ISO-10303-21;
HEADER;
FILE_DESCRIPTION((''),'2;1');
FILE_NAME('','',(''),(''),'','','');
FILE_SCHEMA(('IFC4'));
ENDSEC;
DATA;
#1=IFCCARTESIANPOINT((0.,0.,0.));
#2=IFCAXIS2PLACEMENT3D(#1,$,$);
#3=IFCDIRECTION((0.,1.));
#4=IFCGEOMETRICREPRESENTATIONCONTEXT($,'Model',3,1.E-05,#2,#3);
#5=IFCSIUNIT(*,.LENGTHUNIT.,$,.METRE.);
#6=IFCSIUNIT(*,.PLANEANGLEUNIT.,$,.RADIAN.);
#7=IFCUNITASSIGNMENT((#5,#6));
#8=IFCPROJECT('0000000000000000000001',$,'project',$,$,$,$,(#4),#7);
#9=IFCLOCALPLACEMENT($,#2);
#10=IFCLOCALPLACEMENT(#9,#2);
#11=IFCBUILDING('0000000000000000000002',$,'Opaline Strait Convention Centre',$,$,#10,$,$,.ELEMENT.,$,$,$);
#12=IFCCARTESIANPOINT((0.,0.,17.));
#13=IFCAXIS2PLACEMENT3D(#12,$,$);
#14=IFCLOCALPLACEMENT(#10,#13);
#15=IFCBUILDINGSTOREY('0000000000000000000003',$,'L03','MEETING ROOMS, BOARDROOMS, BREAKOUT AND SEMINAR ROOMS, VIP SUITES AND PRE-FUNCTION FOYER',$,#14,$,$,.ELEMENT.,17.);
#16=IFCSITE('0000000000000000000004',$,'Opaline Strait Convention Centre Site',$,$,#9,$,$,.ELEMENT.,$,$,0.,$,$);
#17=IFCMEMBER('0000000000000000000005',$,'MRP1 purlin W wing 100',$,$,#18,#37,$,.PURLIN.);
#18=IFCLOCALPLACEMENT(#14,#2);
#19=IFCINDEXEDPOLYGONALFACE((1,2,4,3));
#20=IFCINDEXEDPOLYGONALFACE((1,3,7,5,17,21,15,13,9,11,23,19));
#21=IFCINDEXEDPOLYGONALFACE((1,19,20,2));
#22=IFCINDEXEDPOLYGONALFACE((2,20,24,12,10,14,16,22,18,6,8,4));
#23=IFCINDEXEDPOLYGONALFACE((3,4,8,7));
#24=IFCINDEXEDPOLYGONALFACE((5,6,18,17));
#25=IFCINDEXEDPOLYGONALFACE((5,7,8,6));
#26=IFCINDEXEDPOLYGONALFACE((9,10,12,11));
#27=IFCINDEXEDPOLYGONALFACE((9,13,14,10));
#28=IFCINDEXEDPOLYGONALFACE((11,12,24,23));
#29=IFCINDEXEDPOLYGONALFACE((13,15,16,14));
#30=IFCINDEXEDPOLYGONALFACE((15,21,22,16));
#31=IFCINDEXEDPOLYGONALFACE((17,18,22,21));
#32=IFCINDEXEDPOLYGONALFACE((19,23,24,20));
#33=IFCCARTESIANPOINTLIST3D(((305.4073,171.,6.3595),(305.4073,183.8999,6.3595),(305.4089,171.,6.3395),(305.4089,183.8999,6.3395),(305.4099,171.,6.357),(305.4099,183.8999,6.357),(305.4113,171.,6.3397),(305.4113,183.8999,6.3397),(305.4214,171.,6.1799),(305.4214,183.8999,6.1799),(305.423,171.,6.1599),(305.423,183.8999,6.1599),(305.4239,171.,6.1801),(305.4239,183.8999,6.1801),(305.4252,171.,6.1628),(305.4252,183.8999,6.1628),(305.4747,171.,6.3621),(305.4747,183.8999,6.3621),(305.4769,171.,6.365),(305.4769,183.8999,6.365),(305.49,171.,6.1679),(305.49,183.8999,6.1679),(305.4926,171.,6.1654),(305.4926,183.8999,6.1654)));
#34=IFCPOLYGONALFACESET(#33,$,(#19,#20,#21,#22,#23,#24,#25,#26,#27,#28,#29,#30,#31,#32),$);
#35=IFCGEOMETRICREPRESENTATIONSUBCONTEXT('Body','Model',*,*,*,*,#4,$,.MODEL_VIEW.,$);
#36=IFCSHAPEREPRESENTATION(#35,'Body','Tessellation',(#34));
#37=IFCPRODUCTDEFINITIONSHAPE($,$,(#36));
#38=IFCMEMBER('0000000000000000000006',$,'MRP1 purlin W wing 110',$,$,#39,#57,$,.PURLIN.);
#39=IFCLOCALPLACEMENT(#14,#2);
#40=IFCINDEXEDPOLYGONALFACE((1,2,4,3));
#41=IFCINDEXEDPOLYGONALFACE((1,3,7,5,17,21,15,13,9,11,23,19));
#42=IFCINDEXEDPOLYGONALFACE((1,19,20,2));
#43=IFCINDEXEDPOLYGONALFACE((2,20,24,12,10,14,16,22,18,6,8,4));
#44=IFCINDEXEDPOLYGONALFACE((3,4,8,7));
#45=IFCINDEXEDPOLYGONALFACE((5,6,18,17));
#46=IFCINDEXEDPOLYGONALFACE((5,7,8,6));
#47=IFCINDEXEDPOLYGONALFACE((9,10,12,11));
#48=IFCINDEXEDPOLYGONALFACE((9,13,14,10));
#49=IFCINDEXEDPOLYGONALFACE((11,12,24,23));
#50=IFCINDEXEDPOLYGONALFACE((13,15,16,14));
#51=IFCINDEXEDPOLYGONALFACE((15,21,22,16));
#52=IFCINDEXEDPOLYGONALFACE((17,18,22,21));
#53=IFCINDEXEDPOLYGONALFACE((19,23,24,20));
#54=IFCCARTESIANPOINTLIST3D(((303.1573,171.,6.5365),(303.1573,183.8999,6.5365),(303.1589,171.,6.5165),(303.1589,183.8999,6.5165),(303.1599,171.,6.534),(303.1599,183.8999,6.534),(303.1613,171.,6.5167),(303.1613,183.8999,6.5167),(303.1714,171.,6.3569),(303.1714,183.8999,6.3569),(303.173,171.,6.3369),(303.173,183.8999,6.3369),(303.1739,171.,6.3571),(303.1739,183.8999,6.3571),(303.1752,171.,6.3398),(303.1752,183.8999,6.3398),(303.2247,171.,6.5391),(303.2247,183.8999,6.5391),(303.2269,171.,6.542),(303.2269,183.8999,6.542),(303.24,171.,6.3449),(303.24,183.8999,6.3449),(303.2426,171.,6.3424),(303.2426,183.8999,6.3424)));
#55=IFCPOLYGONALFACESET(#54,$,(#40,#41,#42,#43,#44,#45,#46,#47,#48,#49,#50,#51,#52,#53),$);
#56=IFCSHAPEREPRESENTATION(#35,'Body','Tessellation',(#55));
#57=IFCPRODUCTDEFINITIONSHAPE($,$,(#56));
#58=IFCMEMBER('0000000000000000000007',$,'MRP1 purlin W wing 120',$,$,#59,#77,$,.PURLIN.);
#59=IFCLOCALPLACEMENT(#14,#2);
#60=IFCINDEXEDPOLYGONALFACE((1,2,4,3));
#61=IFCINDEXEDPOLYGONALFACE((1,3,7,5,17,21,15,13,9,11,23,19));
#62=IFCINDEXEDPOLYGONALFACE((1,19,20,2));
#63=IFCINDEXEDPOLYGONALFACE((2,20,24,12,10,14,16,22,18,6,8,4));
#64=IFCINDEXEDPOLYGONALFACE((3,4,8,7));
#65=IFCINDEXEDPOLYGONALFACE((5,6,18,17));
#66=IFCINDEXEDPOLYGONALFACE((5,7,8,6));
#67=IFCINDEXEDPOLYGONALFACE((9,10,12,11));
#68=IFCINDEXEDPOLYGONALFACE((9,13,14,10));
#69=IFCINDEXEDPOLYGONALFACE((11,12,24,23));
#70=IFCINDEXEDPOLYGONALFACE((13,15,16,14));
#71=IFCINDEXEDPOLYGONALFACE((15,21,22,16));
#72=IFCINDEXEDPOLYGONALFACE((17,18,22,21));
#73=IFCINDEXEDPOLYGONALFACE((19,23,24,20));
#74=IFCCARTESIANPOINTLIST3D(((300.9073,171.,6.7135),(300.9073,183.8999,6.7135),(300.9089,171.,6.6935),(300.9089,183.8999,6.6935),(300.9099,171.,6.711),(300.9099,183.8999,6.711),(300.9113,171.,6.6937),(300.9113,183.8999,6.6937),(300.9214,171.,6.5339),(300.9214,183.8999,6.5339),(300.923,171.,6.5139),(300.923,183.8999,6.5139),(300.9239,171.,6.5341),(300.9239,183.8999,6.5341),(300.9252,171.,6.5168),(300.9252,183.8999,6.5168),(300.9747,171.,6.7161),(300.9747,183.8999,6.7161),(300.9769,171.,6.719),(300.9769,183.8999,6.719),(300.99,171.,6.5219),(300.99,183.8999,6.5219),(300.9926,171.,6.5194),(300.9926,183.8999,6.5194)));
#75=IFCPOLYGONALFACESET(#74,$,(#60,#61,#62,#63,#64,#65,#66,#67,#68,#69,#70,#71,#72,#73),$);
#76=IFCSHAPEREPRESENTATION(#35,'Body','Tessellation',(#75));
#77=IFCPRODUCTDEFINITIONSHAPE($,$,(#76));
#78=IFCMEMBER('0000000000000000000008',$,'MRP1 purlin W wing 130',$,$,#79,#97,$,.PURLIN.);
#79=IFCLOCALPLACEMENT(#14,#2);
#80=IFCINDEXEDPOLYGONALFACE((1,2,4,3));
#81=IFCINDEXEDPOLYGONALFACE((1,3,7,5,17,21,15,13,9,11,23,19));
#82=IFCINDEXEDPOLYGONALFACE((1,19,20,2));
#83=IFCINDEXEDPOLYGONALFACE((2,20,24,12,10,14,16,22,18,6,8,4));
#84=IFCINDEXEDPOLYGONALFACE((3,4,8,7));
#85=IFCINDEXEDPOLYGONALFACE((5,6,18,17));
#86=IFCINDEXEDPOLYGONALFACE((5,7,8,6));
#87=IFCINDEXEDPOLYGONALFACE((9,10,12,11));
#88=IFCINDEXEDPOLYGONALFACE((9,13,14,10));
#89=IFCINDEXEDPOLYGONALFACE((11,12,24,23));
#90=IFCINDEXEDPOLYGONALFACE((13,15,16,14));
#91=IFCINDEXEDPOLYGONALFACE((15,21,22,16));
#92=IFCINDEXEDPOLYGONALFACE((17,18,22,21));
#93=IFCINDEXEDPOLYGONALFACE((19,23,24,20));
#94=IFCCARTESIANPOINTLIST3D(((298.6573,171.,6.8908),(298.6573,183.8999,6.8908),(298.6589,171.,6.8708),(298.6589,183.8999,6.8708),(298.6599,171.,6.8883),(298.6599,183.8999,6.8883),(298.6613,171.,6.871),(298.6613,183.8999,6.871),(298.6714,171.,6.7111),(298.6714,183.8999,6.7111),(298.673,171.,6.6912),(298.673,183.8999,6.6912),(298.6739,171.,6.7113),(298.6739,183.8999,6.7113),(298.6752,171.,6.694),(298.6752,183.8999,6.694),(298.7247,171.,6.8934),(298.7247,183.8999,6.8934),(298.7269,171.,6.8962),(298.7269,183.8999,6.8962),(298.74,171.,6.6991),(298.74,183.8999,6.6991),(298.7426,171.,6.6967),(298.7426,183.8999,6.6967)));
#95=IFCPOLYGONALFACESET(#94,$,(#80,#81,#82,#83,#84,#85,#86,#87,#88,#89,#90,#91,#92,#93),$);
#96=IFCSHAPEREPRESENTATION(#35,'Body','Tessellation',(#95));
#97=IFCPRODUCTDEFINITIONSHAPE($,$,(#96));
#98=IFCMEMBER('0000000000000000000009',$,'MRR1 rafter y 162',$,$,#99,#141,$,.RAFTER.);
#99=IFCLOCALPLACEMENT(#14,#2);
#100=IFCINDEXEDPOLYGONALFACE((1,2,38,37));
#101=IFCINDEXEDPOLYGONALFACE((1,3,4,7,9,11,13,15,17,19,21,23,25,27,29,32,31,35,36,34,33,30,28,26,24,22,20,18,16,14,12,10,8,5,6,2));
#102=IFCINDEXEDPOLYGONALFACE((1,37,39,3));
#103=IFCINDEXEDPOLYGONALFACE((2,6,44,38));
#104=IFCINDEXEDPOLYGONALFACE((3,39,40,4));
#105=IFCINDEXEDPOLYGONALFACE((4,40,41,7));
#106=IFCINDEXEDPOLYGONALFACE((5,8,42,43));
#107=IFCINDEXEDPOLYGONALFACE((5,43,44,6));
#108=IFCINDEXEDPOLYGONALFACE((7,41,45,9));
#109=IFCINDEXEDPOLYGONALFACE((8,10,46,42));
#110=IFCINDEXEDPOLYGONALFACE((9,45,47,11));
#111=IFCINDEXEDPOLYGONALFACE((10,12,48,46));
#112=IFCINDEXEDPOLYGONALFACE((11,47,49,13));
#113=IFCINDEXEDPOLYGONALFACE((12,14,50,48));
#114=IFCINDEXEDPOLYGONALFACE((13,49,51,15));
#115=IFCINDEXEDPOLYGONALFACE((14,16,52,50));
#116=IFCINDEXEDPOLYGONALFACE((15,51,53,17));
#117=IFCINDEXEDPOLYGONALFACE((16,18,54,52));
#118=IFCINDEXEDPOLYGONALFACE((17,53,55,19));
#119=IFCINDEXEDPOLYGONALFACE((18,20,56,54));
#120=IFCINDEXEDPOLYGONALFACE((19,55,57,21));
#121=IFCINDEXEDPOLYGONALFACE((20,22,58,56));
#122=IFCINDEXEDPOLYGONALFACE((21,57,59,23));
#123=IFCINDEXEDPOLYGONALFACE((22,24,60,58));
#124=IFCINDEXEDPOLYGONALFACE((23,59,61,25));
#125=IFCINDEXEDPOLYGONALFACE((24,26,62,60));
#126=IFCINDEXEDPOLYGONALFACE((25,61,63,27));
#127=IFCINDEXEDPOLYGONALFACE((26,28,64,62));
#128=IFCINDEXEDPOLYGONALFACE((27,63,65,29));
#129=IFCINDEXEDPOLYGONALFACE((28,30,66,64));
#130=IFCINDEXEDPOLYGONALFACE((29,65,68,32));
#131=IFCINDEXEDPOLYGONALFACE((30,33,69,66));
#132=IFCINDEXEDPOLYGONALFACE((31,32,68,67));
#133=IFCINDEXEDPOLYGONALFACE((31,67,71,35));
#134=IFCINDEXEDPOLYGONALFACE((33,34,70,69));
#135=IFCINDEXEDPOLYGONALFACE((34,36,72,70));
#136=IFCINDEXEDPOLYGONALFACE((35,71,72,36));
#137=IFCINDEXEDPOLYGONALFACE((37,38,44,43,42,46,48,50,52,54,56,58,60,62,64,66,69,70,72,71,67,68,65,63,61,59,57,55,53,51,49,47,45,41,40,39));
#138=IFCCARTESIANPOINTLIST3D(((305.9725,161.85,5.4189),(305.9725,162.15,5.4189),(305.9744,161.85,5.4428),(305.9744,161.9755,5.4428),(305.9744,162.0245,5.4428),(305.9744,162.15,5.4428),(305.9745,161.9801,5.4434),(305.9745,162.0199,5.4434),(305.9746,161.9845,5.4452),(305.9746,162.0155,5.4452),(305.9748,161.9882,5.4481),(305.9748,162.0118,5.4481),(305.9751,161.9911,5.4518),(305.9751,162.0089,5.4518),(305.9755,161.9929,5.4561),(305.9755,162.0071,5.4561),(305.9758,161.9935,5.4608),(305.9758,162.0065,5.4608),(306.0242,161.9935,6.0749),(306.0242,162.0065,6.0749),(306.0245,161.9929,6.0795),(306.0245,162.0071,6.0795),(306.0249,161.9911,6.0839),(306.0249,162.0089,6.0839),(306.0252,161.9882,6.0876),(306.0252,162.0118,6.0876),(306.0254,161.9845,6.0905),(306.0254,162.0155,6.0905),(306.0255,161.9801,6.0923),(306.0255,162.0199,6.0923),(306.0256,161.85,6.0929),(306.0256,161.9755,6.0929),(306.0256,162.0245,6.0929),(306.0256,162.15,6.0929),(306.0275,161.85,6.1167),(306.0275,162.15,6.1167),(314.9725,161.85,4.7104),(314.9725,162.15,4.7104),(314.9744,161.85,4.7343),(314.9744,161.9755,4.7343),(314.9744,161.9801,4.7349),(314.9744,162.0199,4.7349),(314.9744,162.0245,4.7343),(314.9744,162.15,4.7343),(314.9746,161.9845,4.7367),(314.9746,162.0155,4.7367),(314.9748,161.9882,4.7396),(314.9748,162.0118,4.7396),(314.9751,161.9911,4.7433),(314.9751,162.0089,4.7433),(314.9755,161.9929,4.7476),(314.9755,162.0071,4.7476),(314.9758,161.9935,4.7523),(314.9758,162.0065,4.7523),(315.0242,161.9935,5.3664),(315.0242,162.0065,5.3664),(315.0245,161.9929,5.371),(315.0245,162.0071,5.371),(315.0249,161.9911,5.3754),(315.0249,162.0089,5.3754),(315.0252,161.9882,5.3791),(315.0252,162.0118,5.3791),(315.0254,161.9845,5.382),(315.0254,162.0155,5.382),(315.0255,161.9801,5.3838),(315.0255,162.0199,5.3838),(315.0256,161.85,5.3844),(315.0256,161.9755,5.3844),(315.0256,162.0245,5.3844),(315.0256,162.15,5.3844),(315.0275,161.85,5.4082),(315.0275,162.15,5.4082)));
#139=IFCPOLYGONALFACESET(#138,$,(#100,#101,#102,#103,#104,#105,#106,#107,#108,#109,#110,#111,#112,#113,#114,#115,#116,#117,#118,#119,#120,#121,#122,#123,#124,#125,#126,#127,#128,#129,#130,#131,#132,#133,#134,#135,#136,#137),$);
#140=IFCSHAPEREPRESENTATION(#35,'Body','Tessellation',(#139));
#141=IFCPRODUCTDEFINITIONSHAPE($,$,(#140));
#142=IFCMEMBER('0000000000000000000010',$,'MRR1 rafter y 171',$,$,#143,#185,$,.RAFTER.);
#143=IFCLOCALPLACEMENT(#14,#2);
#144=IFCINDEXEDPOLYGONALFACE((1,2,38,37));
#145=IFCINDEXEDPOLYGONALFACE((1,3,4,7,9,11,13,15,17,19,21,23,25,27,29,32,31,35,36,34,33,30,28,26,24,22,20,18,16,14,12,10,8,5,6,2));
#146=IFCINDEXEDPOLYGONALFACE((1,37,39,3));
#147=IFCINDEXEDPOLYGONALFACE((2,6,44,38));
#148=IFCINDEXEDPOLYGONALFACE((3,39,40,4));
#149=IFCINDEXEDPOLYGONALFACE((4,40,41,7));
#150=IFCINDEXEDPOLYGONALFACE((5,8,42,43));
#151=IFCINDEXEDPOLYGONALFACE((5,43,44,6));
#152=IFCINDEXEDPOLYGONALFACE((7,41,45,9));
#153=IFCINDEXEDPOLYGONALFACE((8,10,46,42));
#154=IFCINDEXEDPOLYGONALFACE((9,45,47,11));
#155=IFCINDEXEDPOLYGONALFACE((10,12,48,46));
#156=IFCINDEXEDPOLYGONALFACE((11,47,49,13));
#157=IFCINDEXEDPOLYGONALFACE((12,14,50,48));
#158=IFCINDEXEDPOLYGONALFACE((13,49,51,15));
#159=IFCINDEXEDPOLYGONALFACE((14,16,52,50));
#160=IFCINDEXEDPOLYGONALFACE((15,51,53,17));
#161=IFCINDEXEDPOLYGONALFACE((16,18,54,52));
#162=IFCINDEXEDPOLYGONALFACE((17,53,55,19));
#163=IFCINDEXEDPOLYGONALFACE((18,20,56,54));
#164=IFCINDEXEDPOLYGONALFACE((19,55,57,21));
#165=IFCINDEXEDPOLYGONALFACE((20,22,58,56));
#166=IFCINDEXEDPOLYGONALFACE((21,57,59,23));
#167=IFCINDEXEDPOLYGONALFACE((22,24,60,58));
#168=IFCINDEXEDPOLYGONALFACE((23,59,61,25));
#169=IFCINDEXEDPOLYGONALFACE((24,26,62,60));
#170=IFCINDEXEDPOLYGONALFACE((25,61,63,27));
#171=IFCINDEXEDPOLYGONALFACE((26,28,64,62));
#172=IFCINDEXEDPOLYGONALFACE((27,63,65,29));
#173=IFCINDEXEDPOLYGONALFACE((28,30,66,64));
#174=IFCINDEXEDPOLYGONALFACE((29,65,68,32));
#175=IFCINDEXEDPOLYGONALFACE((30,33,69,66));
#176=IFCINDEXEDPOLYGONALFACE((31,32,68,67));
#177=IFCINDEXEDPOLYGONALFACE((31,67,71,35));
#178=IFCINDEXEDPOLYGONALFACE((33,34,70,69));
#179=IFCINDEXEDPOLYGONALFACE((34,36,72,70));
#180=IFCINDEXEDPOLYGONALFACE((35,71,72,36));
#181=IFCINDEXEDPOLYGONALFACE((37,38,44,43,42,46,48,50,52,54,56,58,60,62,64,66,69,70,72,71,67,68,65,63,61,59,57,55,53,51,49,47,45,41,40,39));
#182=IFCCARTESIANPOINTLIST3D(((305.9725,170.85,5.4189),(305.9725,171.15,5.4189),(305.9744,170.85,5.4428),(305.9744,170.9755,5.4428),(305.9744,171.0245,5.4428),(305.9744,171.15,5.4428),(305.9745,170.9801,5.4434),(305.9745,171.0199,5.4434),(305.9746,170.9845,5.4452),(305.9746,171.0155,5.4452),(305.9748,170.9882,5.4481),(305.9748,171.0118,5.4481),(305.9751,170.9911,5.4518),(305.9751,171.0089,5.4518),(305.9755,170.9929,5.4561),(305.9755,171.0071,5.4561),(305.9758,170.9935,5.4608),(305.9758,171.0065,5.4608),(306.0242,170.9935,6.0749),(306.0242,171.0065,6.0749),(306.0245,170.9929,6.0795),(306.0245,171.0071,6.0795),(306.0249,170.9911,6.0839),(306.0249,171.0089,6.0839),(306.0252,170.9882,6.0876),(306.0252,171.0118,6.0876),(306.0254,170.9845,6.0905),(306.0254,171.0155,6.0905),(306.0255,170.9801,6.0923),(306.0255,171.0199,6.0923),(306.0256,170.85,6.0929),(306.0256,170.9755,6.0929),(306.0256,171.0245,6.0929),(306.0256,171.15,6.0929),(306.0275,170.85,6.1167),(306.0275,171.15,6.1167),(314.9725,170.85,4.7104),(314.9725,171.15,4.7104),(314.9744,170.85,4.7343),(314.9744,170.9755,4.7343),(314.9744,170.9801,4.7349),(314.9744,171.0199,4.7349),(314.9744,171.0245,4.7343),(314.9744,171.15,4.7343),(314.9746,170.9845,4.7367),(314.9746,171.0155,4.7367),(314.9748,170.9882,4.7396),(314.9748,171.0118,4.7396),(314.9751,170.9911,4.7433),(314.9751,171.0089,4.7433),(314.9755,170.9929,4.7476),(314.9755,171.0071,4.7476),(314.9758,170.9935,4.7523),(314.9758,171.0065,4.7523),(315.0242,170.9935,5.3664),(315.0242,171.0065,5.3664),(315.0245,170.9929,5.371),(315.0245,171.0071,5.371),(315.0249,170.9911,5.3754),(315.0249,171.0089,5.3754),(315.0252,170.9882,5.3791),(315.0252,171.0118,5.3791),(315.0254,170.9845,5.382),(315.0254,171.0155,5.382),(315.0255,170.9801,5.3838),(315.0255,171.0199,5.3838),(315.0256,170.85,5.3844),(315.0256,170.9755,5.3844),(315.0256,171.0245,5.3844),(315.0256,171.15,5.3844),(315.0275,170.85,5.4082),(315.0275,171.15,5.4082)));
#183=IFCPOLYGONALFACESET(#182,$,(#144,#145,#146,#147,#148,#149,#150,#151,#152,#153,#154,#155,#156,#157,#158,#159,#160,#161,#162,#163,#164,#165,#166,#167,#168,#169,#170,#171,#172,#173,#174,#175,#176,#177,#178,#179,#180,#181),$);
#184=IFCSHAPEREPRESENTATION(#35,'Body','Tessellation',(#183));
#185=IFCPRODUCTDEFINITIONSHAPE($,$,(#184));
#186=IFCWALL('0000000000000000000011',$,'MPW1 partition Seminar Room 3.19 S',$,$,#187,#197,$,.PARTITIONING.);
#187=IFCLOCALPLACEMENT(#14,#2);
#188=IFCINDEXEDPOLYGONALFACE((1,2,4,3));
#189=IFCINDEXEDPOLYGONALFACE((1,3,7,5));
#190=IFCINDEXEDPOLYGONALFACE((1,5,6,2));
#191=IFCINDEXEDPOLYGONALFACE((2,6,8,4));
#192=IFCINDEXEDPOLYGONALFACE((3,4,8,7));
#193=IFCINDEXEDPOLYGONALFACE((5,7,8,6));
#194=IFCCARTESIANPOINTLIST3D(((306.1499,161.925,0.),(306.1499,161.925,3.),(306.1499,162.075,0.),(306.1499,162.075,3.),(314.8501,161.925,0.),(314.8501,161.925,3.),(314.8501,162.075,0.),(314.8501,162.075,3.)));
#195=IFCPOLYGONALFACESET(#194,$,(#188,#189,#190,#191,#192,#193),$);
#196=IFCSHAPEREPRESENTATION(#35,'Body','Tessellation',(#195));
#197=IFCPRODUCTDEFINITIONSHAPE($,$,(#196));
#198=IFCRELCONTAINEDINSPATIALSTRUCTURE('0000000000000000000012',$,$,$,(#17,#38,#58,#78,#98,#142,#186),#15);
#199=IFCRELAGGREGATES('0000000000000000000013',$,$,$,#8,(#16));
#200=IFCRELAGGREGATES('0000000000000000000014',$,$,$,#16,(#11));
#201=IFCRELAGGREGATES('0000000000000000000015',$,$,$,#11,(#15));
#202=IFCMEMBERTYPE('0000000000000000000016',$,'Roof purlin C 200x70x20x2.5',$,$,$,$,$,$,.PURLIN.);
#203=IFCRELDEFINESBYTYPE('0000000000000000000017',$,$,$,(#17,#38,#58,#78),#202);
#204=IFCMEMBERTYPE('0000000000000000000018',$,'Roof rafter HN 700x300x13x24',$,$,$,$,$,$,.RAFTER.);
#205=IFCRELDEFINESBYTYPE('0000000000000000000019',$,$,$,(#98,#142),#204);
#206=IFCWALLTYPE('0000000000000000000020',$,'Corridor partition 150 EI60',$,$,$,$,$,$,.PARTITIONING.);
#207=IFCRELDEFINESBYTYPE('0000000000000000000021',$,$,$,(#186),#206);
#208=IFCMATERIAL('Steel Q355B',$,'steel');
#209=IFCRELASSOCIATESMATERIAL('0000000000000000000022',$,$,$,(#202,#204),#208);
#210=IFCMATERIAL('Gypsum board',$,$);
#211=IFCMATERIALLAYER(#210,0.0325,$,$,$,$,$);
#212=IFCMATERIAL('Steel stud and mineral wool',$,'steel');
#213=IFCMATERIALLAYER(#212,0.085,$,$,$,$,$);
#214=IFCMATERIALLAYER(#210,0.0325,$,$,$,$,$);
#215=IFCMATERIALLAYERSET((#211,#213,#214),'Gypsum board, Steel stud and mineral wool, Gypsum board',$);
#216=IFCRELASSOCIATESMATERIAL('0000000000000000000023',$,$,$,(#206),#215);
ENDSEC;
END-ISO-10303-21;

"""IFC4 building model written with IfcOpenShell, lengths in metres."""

from ifc_helpers import new_model, si_unit, direction, frame, frame_2d, origin, origin_2d, place, context, subcontext, project, spatial, polyline, rectangle, i_section, outline, extrude, material, layer, layer_set, material_profile, profile_set, type_object, element, save


model = new_model("IFC4")

# Units and contexts
model_context = context("Model", 3, precision=1e-05, world=origin(), true_north=direction((0.0, 1.0)))
body_context = subcontext(model_context, "Body", "Model", "MODEL_VIEW")
ifc_project = project(units=[si_unit("LENGTHUNIT", "METRE"), si_unit("PLANEANGLEUNIT", "RADIAN")], contexts=[model_context])

# Site, building, storey
site_placement = place(None, origin())
site = spatial("IfcSite", under=ifc_project, at=site_placement, Name="Opaline Strait Convention Centre Site", CompositionType="ELEMENT", RefElevation=0.0)
building_placement = place(site_placement, origin())
building = spatial("IfcBuilding", under=site, at=building_placement, Name="Opaline Strait Convention Centre", CompositionType="ELEMENT")
storey_placement = place(building_placement, frame((0.0, 0.0, 17.0)))
storey = spatial("IfcBuildingStorey", under=building, at=storey_placement, Name="L03", Description="MEETING ROOMS, BOARDROOMS, BREAKOUT AND SEMINAR ROOMS, VIP SUITES AND PRE-FUNCTION FOYER", CompositionType="ELEMENT", Elevation=17.0)

# Shared definitions
ifc_material_1 = material(Name="Steel Q355B", Category="steel")

# Members
ifc_material_profile_1 = material_profile(ifc_material_1, outline(polyline([(-0.0349, -0.1001), (0.0349, -0.1001), (0.0349, -0.0801), (0.0325, -0.0801), (0.0325, -0.0974), (-0.0325, -0.0974), (-0.0325, 0.0974), (0.0325, 0.0974), (0.0325, 0.0801), (0.0349, 0.0801), (0.0349, 0.1001), (-0.0349, 0.1001), (-0.0349, -0.1001)])), Name="C 200x70x20x2.5")
ifc_profile_set_1 = profile_set([ifc_material_profile_1], Name="Steel Q355B")
member_type_1 = type_object("IfcMemberType", Name="Roof purlin C 200x70x20x2.5", PredefinedType="PURLIN", material=ifc_profile_set_1)
for number, where, z_axis, x_axis, name in (
    (1, (305.45, 171.0, 6.2625), (0.0, 1.0, 0.0), (-0.996917, 0.0, -0.078459), "MRP1 purlin W wing 100"),
    (2, (303.2, 171.0, 6.4395), (0.0, 1.0, 0.0), (-0.996917, 0.0, -0.078459), "MRP1 purlin W wing 110"),
    (3, (300.95, 171.0, 6.6165), (0.0, 1.0, 0.0), (-0.996917, 0.0, -0.078459), "MRP1 purlin W wing 120"),
    (4, (298.7, 171.0, 6.7937), (0.0, 1.0, 0.0), (-0.996917, 0.0, -0.078459), "MRP1 purlin W wing 130"),
):
    element("IfcMember", number, at=place(storey_placement, frame(where, z_axis=z_axis, x_axis=x_axis)), inside=storey, type_object=member_type_1, Name=name, PredefinedType="PURLIN", context=body_context, shape_type="SweptSolid", body=[
        extrude(outline(polyline([(-0.0349, -0.1001), (0.0349, -0.1001), (0.0349, -0.0801), (0.0325, -0.0801), (0.0325, -0.0974), (-0.0325, -0.0974), (-0.0325, 0.0974), (0.0325, 0.0974), (0.0325, 0.0801), (0.0349, 0.0801), (0.0349, 0.1001), (-0.0349, 0.1001), (-0.0349, -0.1001)])), origin(), (0.0, 0.0, 1.0), 12.8999),
    ])
ifc_material_profile_2 = material_profile(ifc_material_1, i_section(OverallWidth=0.3, OverallDepth=0.7, WebThickness=0.0129, FlangeThickness=0.0239, FilletRadius=0.0181, at=origin_2d()), Name="HN 700x300x13x24")
ifc_profile_set_2 = profile_set([ifc_material_profile_2], Name="Steel Q355B")
member_type_2 = type_object("IfcMemberType", Name="Roof rafter HN 700x300x13x24", PredefinedType="RAFTER", material=ifc_profile_set_2)
for number, where, z_axis, x_axis, name in (
    (5, (306.0, 162.0, 5.7678), (0.996916, 0.0, -0.078479), (0.0, 1.0, 0.0), "MRR1 rafter y 162"),
    (6, (306.0, 171.0, 5.7678), (0.996916, 0.0, -0.078479), (0.0, 1.0, 0.0), "MRR1 rafter y 171"),
):
    element("IfcMember", number, at=place(storey_placement, frame(where, z_axis=z_axis, x_axis=x_axis)), inside=storey, type_object=member_type_2, Name=name, PredefinedType="RAFTER", context=body_context, shape_type="SweptSolid", body=[
        extrude(i_section(OverallWidth=0.3, OverallDepth=0.7, WebThickness=0.0129, FlangeThickness=0.0239, FilletRadius=0.0181, at=origin_2d()), origin(), (0.0, 0.0, 1.0), 9.0278),
    ])

# Wall
ifc_material_2 = material(Name="Gypsum board")
ifc_layer_1 = layer(ifc_material_2, 0.0325)
ifc_material_3 = material(Name="Steel stud and mineral wool", Category="steel")
ifc_layer_2 = layer(ifc_material_3, 0.085)
ifc_layer_3 = layer(ifc_material_2, 0.0325)
ifc_layer_set_1 = layer_set([ifc_layer_1, ifc_layer_2, ifc_layer_3], Name="Gypsum board, Steel stud and mineral wool, Gypsum board")
wall_type_1 = type_object("IfcWallType", Name="Corridor partition 150 EI60", PredefinedType="PARTITIONING", material=ifc_layer_set_1)
wall_1_placement = place(storey_placement, frame((306.1499, 162.0, 0.0), z_axis=(0.0, 0.0, 1.0), x_axis=(1.0, 0.0, 0.0)))
element("IfcWall", 7, at=wall_1_placement, inside=storey, type_object=wall_type_1, Name="MPW1 partition Seminar Room 3.19 S", PredefinedType="PARTITIONING", context=body_context, shape_type="SweptSolid", body=[
    extrude(rectangle(XDim=8.7002, YDim=0.1499, at=frame_2d((4.3501, 0.0))), origin(), (0.0, 0.0, 1.0), 3.0),
])

save(model, "model.ifc")
